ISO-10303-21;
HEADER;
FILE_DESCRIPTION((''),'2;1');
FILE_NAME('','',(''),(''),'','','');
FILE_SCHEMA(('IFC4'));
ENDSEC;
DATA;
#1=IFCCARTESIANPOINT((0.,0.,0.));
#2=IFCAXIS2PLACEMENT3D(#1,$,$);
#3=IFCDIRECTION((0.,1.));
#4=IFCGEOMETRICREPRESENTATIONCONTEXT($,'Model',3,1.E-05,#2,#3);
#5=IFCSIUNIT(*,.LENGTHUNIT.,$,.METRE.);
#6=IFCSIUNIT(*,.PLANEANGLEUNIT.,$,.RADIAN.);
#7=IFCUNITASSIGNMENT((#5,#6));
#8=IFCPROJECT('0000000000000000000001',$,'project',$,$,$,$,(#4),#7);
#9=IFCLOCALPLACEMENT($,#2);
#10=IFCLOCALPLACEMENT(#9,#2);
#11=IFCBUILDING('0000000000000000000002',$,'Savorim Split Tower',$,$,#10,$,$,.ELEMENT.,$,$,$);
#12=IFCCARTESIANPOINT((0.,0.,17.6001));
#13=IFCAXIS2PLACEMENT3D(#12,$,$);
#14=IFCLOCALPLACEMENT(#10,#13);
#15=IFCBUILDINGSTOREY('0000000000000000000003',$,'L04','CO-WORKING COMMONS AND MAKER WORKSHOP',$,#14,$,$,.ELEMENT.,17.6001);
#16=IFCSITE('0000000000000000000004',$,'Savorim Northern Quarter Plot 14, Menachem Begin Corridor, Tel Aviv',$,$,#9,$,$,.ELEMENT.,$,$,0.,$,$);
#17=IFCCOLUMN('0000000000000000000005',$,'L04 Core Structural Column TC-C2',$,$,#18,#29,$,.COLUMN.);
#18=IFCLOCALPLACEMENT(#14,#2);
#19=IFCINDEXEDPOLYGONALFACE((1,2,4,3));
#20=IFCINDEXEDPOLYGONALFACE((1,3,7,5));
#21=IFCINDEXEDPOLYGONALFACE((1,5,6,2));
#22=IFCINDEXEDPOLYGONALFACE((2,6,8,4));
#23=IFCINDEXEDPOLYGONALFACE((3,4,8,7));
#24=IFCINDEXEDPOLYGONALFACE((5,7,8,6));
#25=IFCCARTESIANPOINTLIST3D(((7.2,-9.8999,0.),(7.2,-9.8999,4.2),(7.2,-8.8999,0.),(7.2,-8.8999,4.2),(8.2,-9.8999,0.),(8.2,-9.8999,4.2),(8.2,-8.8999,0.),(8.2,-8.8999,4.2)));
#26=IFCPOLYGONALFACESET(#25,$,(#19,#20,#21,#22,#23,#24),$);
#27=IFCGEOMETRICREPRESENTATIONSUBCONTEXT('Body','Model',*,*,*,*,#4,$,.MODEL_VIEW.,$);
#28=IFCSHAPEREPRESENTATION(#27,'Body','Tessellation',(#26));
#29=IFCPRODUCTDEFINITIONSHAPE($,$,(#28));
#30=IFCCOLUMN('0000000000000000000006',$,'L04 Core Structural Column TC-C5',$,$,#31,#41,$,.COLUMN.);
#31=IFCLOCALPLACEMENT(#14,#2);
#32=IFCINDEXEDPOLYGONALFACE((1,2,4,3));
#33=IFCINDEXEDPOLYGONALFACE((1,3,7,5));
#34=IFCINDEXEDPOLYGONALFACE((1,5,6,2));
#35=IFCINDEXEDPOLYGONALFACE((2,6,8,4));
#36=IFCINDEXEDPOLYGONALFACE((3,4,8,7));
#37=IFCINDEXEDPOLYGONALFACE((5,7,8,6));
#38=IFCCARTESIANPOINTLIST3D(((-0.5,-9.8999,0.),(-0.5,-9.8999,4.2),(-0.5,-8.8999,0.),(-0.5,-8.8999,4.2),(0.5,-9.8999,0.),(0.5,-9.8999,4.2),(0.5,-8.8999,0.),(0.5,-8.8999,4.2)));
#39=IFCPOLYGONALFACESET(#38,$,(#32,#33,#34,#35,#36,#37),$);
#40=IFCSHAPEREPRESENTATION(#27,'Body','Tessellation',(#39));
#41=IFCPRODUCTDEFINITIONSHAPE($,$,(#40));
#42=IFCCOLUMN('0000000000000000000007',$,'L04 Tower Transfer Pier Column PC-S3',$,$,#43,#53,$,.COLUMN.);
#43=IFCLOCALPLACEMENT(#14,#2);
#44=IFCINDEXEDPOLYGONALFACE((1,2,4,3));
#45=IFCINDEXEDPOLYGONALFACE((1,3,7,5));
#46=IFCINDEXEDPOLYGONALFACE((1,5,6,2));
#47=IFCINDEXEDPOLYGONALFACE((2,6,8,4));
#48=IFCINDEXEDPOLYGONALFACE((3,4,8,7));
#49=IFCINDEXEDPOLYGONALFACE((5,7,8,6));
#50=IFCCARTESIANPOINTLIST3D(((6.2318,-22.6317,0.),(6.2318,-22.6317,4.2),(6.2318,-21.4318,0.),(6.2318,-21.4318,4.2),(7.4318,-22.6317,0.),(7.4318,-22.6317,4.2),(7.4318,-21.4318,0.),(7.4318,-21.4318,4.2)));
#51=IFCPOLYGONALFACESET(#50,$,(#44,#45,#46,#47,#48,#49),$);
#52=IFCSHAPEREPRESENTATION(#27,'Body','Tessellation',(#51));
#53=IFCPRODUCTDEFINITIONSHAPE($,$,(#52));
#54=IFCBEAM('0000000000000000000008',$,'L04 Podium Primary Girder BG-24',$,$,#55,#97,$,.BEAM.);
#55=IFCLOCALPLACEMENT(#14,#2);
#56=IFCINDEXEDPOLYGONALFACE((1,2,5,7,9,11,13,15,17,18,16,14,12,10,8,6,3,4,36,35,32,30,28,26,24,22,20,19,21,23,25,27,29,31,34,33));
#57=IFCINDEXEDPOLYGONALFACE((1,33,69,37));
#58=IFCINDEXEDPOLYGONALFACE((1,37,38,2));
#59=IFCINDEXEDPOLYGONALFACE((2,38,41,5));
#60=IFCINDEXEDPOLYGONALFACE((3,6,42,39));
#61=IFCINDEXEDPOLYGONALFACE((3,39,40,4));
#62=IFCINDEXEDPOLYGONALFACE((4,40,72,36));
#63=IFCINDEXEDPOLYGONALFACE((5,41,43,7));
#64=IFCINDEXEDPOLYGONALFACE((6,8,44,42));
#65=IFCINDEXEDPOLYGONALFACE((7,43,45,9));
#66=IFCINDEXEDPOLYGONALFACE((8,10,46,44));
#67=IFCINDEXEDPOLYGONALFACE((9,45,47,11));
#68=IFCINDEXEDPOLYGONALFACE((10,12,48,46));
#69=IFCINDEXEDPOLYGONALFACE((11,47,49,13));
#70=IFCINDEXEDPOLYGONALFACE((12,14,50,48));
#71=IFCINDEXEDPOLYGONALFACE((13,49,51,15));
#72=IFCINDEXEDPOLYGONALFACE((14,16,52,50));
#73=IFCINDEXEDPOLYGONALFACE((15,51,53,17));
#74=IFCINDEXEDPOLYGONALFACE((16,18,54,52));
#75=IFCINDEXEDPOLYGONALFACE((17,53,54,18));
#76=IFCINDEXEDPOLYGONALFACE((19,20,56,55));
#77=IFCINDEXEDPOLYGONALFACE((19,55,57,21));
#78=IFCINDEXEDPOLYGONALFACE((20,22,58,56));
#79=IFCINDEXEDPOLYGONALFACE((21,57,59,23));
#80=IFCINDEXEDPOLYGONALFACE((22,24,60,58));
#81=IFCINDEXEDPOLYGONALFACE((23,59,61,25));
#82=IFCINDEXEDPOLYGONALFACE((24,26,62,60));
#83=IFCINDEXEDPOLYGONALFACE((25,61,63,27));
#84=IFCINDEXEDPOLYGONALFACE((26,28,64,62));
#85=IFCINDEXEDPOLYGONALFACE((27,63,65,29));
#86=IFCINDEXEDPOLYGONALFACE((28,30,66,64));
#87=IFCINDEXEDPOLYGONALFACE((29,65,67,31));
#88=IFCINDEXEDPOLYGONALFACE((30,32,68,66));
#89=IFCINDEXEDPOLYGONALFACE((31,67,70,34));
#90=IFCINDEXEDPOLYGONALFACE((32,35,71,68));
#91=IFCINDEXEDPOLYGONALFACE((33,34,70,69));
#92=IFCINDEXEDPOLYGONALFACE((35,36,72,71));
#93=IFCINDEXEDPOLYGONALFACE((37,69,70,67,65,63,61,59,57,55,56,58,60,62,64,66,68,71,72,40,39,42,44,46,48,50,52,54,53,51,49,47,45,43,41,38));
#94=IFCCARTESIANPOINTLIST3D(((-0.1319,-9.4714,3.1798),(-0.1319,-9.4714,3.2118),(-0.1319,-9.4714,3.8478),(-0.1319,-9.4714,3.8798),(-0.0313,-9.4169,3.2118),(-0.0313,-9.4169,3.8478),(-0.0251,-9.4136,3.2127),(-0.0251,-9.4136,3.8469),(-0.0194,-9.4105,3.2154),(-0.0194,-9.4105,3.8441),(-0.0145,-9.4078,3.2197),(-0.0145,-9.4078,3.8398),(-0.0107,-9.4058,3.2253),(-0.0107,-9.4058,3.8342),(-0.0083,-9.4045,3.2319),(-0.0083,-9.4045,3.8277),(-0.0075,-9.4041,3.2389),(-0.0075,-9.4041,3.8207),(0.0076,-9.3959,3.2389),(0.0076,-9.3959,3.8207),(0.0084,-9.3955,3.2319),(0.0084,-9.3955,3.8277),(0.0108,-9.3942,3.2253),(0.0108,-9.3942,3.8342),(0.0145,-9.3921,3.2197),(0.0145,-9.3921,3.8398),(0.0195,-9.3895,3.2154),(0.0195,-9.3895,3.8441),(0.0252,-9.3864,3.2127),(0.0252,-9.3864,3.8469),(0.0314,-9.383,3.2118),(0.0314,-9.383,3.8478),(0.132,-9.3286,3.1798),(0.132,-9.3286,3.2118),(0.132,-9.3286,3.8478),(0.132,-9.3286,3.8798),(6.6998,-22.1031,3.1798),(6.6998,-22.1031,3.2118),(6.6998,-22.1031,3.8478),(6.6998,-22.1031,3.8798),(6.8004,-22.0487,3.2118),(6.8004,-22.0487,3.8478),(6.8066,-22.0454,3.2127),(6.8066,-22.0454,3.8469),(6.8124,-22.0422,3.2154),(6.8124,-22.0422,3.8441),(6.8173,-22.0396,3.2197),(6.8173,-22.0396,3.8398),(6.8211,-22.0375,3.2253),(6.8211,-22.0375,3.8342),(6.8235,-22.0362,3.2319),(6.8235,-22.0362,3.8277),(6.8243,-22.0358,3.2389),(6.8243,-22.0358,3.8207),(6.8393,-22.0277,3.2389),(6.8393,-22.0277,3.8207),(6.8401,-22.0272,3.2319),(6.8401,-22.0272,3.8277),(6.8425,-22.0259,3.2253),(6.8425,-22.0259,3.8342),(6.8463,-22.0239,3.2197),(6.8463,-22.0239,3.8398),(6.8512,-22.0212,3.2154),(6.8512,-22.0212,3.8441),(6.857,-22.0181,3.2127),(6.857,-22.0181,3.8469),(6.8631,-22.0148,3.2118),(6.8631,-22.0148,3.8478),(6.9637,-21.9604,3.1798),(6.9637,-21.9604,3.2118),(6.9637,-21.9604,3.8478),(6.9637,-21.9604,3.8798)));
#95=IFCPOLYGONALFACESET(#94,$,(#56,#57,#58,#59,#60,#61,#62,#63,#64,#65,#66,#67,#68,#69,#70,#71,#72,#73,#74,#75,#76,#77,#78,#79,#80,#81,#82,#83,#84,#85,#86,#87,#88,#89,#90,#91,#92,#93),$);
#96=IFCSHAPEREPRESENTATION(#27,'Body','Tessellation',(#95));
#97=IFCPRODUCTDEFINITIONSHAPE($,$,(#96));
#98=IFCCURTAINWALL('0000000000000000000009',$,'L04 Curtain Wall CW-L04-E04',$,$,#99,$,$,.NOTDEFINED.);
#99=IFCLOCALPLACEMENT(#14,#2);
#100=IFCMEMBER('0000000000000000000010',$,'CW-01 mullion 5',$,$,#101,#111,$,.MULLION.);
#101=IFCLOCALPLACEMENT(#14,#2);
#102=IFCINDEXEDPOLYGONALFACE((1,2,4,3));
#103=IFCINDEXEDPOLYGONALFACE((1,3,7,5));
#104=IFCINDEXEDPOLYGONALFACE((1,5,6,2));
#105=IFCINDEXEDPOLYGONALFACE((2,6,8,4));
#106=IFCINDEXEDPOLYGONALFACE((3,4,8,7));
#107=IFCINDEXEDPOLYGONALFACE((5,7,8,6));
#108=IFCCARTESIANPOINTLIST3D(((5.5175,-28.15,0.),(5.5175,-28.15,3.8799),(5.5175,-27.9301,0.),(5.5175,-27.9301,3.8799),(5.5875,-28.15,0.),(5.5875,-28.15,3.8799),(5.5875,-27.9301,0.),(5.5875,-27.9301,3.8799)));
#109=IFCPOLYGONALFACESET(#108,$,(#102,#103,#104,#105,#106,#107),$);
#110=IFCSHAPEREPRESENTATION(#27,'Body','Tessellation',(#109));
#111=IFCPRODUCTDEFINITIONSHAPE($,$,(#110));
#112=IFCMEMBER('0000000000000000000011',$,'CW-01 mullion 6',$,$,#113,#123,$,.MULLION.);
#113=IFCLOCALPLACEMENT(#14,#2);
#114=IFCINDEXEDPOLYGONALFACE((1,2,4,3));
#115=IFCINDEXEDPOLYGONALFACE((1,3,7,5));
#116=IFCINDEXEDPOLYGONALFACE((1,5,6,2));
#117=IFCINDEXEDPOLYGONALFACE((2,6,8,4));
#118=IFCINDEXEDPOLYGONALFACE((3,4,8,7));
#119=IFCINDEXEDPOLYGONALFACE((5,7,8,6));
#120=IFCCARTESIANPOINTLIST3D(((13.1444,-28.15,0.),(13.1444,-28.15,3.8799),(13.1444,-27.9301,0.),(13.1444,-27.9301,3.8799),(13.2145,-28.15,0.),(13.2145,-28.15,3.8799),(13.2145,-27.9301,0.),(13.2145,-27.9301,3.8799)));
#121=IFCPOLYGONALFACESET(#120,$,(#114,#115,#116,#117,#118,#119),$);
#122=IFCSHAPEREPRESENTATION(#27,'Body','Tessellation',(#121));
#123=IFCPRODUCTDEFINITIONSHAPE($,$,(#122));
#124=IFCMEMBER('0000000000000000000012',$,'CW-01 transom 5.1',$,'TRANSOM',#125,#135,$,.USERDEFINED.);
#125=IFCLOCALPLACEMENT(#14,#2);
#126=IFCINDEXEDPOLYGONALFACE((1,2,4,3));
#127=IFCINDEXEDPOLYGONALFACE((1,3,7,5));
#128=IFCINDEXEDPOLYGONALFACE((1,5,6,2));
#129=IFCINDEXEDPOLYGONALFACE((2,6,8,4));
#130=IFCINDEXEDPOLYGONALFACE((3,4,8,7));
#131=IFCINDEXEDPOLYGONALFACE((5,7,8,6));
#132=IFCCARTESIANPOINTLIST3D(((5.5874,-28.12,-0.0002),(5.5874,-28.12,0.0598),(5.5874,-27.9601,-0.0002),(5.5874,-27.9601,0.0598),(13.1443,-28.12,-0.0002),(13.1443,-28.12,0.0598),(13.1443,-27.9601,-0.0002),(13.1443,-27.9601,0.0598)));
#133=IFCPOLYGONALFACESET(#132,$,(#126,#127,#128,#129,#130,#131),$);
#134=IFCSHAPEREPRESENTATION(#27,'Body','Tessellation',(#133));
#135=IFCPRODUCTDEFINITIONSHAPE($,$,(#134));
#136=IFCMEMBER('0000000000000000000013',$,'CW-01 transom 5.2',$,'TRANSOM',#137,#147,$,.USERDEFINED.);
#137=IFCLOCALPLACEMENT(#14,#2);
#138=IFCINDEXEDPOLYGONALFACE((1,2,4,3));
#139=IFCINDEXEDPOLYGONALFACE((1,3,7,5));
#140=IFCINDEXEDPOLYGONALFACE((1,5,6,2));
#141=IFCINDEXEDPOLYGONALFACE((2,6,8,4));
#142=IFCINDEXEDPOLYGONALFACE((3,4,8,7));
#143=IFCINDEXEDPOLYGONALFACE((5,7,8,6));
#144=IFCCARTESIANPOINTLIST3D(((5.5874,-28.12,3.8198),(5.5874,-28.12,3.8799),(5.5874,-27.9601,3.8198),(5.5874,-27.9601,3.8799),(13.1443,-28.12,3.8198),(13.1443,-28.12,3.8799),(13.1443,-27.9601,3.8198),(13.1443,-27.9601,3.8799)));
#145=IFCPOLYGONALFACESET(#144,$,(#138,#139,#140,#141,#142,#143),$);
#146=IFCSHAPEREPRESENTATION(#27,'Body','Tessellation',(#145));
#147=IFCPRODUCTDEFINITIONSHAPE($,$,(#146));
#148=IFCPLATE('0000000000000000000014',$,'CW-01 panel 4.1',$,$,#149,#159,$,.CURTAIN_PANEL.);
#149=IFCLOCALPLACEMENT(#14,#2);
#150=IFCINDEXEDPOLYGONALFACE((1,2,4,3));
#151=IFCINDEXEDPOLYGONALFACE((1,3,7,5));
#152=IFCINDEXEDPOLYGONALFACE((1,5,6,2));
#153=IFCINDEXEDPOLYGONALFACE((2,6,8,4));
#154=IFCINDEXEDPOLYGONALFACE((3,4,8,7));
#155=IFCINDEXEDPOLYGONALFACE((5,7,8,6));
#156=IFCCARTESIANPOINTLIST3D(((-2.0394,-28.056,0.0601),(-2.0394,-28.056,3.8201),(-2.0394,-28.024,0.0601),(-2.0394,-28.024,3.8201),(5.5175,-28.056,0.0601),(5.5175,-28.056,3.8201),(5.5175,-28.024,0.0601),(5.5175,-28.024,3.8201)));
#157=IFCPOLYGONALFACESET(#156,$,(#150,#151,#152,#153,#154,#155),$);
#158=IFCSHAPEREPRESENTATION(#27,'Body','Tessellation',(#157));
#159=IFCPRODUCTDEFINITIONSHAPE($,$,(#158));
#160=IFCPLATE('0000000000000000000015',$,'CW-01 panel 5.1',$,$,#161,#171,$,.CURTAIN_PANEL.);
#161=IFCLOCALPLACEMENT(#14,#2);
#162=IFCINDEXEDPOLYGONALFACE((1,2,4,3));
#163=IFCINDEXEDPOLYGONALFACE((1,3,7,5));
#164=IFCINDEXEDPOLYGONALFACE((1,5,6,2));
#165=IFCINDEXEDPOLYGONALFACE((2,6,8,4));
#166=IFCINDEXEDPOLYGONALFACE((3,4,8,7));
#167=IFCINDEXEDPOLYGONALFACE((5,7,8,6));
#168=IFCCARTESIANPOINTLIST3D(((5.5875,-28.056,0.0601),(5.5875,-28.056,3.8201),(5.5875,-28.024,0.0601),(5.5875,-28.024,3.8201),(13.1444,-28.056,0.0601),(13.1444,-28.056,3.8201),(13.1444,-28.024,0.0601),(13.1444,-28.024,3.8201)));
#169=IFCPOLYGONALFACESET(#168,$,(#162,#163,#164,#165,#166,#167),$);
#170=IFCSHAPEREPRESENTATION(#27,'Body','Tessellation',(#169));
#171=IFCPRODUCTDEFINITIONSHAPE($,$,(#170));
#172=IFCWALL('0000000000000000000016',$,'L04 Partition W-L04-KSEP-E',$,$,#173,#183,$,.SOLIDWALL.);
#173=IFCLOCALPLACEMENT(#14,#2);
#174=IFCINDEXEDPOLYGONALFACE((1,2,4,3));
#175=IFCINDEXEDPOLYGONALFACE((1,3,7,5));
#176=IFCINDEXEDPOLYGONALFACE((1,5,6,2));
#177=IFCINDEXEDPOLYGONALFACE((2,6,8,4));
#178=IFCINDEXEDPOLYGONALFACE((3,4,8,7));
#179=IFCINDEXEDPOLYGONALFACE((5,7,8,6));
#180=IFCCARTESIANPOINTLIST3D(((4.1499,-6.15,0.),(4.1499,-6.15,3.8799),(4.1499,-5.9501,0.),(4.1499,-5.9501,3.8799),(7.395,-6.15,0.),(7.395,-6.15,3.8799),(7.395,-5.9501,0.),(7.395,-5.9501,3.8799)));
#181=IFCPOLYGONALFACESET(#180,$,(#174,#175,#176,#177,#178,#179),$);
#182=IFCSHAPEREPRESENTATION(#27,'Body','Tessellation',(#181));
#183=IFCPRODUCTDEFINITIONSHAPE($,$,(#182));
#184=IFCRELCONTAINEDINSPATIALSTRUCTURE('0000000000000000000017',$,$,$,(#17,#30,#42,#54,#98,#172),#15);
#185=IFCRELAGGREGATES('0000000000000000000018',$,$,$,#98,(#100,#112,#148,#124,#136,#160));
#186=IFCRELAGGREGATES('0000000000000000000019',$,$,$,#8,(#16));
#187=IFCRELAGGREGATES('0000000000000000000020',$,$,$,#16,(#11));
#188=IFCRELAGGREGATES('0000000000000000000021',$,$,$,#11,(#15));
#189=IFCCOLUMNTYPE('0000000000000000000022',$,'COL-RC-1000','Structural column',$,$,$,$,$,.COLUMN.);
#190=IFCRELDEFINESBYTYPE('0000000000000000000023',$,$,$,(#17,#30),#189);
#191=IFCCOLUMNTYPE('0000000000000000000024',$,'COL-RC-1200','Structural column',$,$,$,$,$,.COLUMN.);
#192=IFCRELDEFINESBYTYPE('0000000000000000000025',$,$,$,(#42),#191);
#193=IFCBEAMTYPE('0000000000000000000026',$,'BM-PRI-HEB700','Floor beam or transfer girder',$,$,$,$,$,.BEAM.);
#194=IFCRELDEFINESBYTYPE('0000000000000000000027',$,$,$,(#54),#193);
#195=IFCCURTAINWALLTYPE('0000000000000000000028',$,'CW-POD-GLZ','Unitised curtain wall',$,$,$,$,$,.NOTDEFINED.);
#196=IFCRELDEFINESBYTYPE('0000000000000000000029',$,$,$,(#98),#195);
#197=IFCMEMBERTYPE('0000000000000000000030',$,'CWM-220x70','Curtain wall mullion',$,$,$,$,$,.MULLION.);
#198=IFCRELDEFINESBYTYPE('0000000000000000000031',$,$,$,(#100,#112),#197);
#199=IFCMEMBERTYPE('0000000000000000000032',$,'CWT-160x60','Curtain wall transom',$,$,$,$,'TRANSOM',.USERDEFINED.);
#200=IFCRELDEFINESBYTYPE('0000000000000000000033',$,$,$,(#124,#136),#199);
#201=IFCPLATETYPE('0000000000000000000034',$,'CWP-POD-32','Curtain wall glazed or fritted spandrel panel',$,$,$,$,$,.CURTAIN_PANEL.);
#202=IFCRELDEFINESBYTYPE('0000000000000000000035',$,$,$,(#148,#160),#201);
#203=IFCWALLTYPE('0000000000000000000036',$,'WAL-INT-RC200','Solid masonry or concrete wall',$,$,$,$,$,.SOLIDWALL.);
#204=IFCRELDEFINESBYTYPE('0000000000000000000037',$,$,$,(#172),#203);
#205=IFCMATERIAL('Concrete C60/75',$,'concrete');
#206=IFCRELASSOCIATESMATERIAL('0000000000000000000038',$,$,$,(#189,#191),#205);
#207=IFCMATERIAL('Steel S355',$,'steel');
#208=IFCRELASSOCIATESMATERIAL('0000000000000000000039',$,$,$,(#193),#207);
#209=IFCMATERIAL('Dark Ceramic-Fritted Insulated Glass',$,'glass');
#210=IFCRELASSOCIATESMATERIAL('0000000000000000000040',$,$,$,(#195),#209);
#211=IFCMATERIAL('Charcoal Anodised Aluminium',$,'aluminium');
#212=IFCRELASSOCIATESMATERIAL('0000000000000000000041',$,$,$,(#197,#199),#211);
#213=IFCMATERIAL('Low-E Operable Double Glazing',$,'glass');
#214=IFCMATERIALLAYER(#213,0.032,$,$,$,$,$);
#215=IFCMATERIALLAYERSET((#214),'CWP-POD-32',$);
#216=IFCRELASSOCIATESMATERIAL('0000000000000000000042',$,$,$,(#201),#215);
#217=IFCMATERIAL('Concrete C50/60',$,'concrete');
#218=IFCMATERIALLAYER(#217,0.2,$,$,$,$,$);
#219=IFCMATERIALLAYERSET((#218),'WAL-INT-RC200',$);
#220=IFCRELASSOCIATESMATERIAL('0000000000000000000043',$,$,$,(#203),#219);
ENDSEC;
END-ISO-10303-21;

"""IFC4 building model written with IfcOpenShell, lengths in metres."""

from ifc_helpers import new_model, si_unit, direction, frame, frame_2d, origin, origin_2d, place, context, subcontext, project, spatial, rectangle, i_section, extrude, material, layer, layer_set, material_profile, profile_set, type_object, element, aggregate, save


model = new_model("IFC4")

# Units and contexts
model_context = context("Model", 3, precision=1e-05, world=origin(), true_north=direction((0.0, 1.0)))
body_context = subcontext(model_context, "Body", "Model", "MODEL_VIEW")
ifc_project = project(units=[si_unit("LENGTHUNIT", "METRE"), si_unit("PLANEANGLEUNIT", "RADIAN")], contexts=[model_context])

# Site, building, storey
site_placement = place(None, origin())
site = spatial("IfcSite", under=ifc_project, at=site_placement, Name="Savorim Northern Quarter Plot 14, Menachem Begin Corridor, Tel Aviv", CompositionType="ELEMENT", RefElevation=0.0)
building_placement = place(site_placement, origin())
building = spatial("IfcBuilding", under=site, at=building_placement, Name="Savorim Split Tower", CompositionType="ELEMENT")
storey_placement = place(building_placement, frame((0.0, 0.0, 17.6001)))
storey = spatial("IfcBuildingStorey", under=building, at=storey_placement, Name="L04", Description="CO-WORKING COMMONS AND MAKER WORKSHOP", CompositionType="ELEMENT", Elevation=17.6001)

# Columns
ifc_material_1 = material(Name="Concrete C60/75", Category="concrete")
ifc_material_profile_1 = material_profile(ifc_material_1, rectangle(XDim=1.0, YDim=1.0, at=origin_2d()), Name="RC 1000x1000")
ifc_profile_set_1 = profile_set([ifc_material_profile_1], Name="Concrete C60/75")
column_type_1 = type_object("IfcColumnType", Name="COL-RC-1000", Description="Structural column", PredefinedType="COLUMN", material=ifc_profile_set_1)
for number, where, z_axis, x_axis, name in (
    (1, (7.7, -9.3999, 0.0), (0.0, 0.0, 1.0), (1.0, 0.0, 0.0), "L04 Core Structural Column TC-C2"),
    (2, (0.0, -9.3999, 0.0), (0.0, 0.0, 1.0), (1.0, 0.0, 0.0), "L04 Core Structural Column TC-C5"),
):
    element("IfcColumn", number, at=place(storey_placement, frame(where, z_axis=z_axis, x_axis=x_axis)), inside=storey, type_object=column_type_1, Name=name, PredefinedType="COLUMN", context=body_context, shape_type="SweptSolid", body=[
        extrude(rectangle(XDim=1.0, YDim=1.0, at=origin_2d()), origin(), (0.0, 0.0, 1.0), 4.2),
    ])
ifc_material_profile_2 = material_profile(ifc_material_1, rectangle(XDim=1.2, YDim=1.2, at=origin_2d()), Name="RC 1200x1200")
ifc_profile_set_2 = profile_set([ifc_material_profile_2], Name="Concrete C60/75")
column_type_2 = type_object("IfcColumnType", Name="COL-RC-1200", Description="Structural column", PredefinedType="COLUMN", material=ifc_profile_set_2)
column_placement = place(storey_placement, frame((6.8318, -22.0317, 0.0), z_axis=(0.0, 0.0, 1.0), x_axis=(1.0, 0.0, 0.0)))
element("IfcColumn", 3, at=column_placement, inside=storey, type_object=column_type_2, Name="L04 Tower Transfer Pier Column PC-S3", PredefinedType="COLUMN", context=body_context, shape_type="SweptSolid", body=[
    extrude(rectangle(XDim=1.2, YDim=1.2, at=origin_2d()), origin(), (0.0, 0.0, 1.0), 4.2),
])

# Beam
ifc_material_2 = material(Name="Steel S355", Category="steel")
ifc_material_profile_3 = material_profile(ifc_material_2, i_section(OverallWidth=0.3, OverallDepth=0.7, WebThickness=0.0171, FlangeThickness=0.032, FilletRadius=0.0271, at=origin_2d()), Name="HEB 700")
ifc_profile_set_3 = profile_set([ifc_material_profile_3], Name="Steel S355")
beam_type = type_object("IfcBeamType", Name="BM-PRI-HEB700", Description="Floor beam or transfer girder", PredefinedType="BEAM", material=ifc_profile_set_3)
beam_placement = place(storey_placement, frame((6.8318, -22.0317, 3.5298), z_axis=(-0.47572, 0.879597, 0.0), x_axis=(-0.879597, -0.47572, 0.0)))
element("IfcBeam", 4, at=beam_placement, inside=storey, type_object=beam_type, Name="L04 Podium Primary Girder BG-24", PredefinedType="BEAM", context=body_context, shape_type="SweptSolid", body=[
    extrude(i_section(OverallWidth=0.3, OverallDepth=0.7, WebThickness=0.0171, FlangeThickness=0.032, FilletRadius=0.0271, at=origin_2d()), origin(), (0.0, 0.0, 1.0), 14.3608),
])

# Curtain wall, members, plates
ifc_material_3 = material(Name="Dark Ceramic-Fritted Insulated Glass", Category="glass")
curtain_wall_type = type_object("IfcCurtainWallType", Name="CW-POD-GLZ", Description="Unitised curtain wall", PredefinedType="NOTDEFINED", material=ifc_material_3)
curtain_wall_placement = place(storey_placement, origin())
curtain_wall = element("IfcCurtainWall", 5, at=curtain_wall_placement, inside=storey, type_object=curtain_wall_type, Name="L04 Curtain Wall CW-L04-E04", PredefinedType="NOTDEFINED")
ifc_material_4 = material(Name="Charcoal Anodised Aluminium", Category="aluminium")
ifc_material_profile_4 = material_profile(ifc_material_4, rectangle(XDim=0.22, YDim=0.0701, at=origin_2d()), Name="ALU-M 220x70")
ifc_profile_set_4 = profile_set([ifc_material_profile_4], Name="Charcoal Anodised Aluminium")
member_type_1 = type_object("IfcMemberType", Name="CWM-220x70", Description="Curtain wall mullion", PredefinedType="MULLION", material=ifc_profile_set_4)
member_1_placement = place(storey_placement, frame((5.5525, -28.04, 0.0), z_axis=(0.0, 0.0, 1.0), x_axis=(0.0, 1.0, 0.0)))
member_1 = element("IfcMember", 6, at=member_1_placement, type_object=member_type_1, Name="CW-01 mullion 5", PredefinedType="MULLION", context=body_context, shape_type="SweptSolid", body=[
    extrude(rectangle(XDim=0.22, YDim=0.0701, at=origin_2d()), origin(), (0.0, 0.0, 1.0), 3.8799),
])
member_2_placement = place(storey_placement, frame((13.1794, -28.04, 0.0), z_axis=(0.0, 0.0, 1.0), x_axis=(0.0, 1.0, 0.0)))
member_2 = element("IfcMember", 7, at=member_2_placement, type_object=member_type_1, Name="CW-01 mullion 6", PredefinedType="MULLION", context=body_context, shape_type="SweptSolid", body=[
    extrude(rectangle(XDim=0.22, YDim=0.0701, at=origin_2d()), origin(), (0.0, 0.0, 1.0), 3.8799),
])
ifc_material_profile_5 = material_profile(ifc_material_4, rectangle(XDim=0.1599, YDim=0.0601, at=origin_2d()), Name="ALU-T 160x60")
ifc_profile_set_5 = profile_set([ifc_material_profile_5], Name="Charcoal Anodised Aluminium")
member_type_2 = type_object("IfcMemberType", Name="CWT-160x60", Description="Curtain wall transom", ElementType="TRANSOM", PredefinedType="USERDEFINED", material=ifc_profile_set_5)
member_3_placement = place(storey_placement, frame((5.5874, -28.04, 0.0298), z_axis=(1.0, 0.0, 0.0), x_axis=(0.0, 1.0, 0.0)))
member_3 = element("IfcMember", 8, at=member_3_placement, type_object=member_type_2, Name="CW-01 transom 5.1", ObjectType="TRANSOM", PredefinedType="USERDEFINED", context=body_context, shape_type="SweptSolid", body=[
    extrude(rectangle(XDim=0.1599, YDim=0.0601, at=origin_2d()), origin(), (0.0, 0.0, 1.0), 7.5569),
])
member_4_placement = place(storey_placement, frame((5.5874, -28.04, 3.8499), z_axis=(1.0, 0.0, 0.0), x_axis=(0.0, 1.0, 0.0)))
member_4 = element("IfcMember", 9, at=member_4_placement, type_object=member_type_2, Name="CW-01 transom 5.2", ObjectType="TRANSOM", PredefinedType="USERDEFINED", context=body_context, shape_type="SweptSolid", body=[
    extrude(rectangle(XDim=0.1599, YDim=0.0601, at=origin_2d()), origin(), (0.0, 0.0, 1.0), 7.5569),
])
ifc_material_5 = material(Name="Low-E Operable Double Glazing", Category="glass")
ifc_layer_1 = layer(ifc_material_5, 0.032)
ifc_layer_set_1 = layer_set([ifc_layer_1], Name="CWP-POD-32")
plate_type = type_object("IfcPlateType", Name="CWP-POD-32", Description="Curtain wall glazed or fritted spandrel panel", PredefinedType="CURTAIN_PANEL", material=ifc_layer_set_1)
plate_1_placement = place(storey_placement, frame((1.739, -28.04, 0.0601), z_axis=(0.0, 0.0, 1.0), x_axis=(1.0, 0.0, 0.0)))
plate_1 = element("IfcPlate", 10, at=plate_1_placement, type_object=plate_type, Name="CW-01 panel 4.1", PredefinedType="CURTAIN_PANEL", context=body_context, shape_type="SweptSolid", body=[
    extrude(rectangle(XDim=7.5569, YDim=0.032, at=origin_2d()), origin(), (0.0, 0.0, 1.0), 3.76),
])
plate_2_placement = place(storey_placement, frame((9.366, -28.04, 0.0601), z_axis=(0.0, 0.0, 1.0), x_axis=(1.0, 0.0, 0.0)))
plate_2 = element("IfcPlate", 11, at=plate_2_placement, type_object=plate_type, Name="CW-01 panel 5.1", PredefinedType="CURTAIN_PANEL", context=body_context, shape_type="SweptSolid", body=[
    extrude(rectangle(XDim=7.5569, YDim=0.032, at=origin_2d()), origin(), (0.0, 0.0, 1.0), 3.76),
])
aggregate(curtain_wall, [member_1, member_2, plate_1, member_3, member_4, plate_2])

# Shared definitions
ifc_material_6 = material(Name="Concrete C50/60", Category="concrete")
ifc_layer_2 = layer(ifc_material_6, 0.2)
ifc_layer_set_2 = layer_set([ifc_layer_2], Name="WAL-INT-RC200")
wall_type_1 = type_object("IfcWallType", Name="WAL-INT-RC200", Description="Solid masonry or concrete wall", PredefinedType="SOLIDWALL", material=ifc_layer_set_2)

# Wall
wall_1_placement = place(storey_placement, frame((4.1499, -6.05, 0.0), z_axis=(0.0, 0.0, 1.0), x_axis=(1.0, 0.0, 0.0)))
element("IfcWall", 12, at=wall_1_placement, inside=storey, type_object=wall_type_1, Name="L04 Partition W-L04-KSEP-E", PredefinedType="SOLIDWALL", context=body_context, shape_type="SweptSolid", body=[
    extrude(rectangle(XDim=3.2451, YDim=0.2, at=frame_2d((1.6226, 0.0))), origin(), (0.0, 0.0, 1.0), 3.8799),
])

save(model, "model.ifc")
